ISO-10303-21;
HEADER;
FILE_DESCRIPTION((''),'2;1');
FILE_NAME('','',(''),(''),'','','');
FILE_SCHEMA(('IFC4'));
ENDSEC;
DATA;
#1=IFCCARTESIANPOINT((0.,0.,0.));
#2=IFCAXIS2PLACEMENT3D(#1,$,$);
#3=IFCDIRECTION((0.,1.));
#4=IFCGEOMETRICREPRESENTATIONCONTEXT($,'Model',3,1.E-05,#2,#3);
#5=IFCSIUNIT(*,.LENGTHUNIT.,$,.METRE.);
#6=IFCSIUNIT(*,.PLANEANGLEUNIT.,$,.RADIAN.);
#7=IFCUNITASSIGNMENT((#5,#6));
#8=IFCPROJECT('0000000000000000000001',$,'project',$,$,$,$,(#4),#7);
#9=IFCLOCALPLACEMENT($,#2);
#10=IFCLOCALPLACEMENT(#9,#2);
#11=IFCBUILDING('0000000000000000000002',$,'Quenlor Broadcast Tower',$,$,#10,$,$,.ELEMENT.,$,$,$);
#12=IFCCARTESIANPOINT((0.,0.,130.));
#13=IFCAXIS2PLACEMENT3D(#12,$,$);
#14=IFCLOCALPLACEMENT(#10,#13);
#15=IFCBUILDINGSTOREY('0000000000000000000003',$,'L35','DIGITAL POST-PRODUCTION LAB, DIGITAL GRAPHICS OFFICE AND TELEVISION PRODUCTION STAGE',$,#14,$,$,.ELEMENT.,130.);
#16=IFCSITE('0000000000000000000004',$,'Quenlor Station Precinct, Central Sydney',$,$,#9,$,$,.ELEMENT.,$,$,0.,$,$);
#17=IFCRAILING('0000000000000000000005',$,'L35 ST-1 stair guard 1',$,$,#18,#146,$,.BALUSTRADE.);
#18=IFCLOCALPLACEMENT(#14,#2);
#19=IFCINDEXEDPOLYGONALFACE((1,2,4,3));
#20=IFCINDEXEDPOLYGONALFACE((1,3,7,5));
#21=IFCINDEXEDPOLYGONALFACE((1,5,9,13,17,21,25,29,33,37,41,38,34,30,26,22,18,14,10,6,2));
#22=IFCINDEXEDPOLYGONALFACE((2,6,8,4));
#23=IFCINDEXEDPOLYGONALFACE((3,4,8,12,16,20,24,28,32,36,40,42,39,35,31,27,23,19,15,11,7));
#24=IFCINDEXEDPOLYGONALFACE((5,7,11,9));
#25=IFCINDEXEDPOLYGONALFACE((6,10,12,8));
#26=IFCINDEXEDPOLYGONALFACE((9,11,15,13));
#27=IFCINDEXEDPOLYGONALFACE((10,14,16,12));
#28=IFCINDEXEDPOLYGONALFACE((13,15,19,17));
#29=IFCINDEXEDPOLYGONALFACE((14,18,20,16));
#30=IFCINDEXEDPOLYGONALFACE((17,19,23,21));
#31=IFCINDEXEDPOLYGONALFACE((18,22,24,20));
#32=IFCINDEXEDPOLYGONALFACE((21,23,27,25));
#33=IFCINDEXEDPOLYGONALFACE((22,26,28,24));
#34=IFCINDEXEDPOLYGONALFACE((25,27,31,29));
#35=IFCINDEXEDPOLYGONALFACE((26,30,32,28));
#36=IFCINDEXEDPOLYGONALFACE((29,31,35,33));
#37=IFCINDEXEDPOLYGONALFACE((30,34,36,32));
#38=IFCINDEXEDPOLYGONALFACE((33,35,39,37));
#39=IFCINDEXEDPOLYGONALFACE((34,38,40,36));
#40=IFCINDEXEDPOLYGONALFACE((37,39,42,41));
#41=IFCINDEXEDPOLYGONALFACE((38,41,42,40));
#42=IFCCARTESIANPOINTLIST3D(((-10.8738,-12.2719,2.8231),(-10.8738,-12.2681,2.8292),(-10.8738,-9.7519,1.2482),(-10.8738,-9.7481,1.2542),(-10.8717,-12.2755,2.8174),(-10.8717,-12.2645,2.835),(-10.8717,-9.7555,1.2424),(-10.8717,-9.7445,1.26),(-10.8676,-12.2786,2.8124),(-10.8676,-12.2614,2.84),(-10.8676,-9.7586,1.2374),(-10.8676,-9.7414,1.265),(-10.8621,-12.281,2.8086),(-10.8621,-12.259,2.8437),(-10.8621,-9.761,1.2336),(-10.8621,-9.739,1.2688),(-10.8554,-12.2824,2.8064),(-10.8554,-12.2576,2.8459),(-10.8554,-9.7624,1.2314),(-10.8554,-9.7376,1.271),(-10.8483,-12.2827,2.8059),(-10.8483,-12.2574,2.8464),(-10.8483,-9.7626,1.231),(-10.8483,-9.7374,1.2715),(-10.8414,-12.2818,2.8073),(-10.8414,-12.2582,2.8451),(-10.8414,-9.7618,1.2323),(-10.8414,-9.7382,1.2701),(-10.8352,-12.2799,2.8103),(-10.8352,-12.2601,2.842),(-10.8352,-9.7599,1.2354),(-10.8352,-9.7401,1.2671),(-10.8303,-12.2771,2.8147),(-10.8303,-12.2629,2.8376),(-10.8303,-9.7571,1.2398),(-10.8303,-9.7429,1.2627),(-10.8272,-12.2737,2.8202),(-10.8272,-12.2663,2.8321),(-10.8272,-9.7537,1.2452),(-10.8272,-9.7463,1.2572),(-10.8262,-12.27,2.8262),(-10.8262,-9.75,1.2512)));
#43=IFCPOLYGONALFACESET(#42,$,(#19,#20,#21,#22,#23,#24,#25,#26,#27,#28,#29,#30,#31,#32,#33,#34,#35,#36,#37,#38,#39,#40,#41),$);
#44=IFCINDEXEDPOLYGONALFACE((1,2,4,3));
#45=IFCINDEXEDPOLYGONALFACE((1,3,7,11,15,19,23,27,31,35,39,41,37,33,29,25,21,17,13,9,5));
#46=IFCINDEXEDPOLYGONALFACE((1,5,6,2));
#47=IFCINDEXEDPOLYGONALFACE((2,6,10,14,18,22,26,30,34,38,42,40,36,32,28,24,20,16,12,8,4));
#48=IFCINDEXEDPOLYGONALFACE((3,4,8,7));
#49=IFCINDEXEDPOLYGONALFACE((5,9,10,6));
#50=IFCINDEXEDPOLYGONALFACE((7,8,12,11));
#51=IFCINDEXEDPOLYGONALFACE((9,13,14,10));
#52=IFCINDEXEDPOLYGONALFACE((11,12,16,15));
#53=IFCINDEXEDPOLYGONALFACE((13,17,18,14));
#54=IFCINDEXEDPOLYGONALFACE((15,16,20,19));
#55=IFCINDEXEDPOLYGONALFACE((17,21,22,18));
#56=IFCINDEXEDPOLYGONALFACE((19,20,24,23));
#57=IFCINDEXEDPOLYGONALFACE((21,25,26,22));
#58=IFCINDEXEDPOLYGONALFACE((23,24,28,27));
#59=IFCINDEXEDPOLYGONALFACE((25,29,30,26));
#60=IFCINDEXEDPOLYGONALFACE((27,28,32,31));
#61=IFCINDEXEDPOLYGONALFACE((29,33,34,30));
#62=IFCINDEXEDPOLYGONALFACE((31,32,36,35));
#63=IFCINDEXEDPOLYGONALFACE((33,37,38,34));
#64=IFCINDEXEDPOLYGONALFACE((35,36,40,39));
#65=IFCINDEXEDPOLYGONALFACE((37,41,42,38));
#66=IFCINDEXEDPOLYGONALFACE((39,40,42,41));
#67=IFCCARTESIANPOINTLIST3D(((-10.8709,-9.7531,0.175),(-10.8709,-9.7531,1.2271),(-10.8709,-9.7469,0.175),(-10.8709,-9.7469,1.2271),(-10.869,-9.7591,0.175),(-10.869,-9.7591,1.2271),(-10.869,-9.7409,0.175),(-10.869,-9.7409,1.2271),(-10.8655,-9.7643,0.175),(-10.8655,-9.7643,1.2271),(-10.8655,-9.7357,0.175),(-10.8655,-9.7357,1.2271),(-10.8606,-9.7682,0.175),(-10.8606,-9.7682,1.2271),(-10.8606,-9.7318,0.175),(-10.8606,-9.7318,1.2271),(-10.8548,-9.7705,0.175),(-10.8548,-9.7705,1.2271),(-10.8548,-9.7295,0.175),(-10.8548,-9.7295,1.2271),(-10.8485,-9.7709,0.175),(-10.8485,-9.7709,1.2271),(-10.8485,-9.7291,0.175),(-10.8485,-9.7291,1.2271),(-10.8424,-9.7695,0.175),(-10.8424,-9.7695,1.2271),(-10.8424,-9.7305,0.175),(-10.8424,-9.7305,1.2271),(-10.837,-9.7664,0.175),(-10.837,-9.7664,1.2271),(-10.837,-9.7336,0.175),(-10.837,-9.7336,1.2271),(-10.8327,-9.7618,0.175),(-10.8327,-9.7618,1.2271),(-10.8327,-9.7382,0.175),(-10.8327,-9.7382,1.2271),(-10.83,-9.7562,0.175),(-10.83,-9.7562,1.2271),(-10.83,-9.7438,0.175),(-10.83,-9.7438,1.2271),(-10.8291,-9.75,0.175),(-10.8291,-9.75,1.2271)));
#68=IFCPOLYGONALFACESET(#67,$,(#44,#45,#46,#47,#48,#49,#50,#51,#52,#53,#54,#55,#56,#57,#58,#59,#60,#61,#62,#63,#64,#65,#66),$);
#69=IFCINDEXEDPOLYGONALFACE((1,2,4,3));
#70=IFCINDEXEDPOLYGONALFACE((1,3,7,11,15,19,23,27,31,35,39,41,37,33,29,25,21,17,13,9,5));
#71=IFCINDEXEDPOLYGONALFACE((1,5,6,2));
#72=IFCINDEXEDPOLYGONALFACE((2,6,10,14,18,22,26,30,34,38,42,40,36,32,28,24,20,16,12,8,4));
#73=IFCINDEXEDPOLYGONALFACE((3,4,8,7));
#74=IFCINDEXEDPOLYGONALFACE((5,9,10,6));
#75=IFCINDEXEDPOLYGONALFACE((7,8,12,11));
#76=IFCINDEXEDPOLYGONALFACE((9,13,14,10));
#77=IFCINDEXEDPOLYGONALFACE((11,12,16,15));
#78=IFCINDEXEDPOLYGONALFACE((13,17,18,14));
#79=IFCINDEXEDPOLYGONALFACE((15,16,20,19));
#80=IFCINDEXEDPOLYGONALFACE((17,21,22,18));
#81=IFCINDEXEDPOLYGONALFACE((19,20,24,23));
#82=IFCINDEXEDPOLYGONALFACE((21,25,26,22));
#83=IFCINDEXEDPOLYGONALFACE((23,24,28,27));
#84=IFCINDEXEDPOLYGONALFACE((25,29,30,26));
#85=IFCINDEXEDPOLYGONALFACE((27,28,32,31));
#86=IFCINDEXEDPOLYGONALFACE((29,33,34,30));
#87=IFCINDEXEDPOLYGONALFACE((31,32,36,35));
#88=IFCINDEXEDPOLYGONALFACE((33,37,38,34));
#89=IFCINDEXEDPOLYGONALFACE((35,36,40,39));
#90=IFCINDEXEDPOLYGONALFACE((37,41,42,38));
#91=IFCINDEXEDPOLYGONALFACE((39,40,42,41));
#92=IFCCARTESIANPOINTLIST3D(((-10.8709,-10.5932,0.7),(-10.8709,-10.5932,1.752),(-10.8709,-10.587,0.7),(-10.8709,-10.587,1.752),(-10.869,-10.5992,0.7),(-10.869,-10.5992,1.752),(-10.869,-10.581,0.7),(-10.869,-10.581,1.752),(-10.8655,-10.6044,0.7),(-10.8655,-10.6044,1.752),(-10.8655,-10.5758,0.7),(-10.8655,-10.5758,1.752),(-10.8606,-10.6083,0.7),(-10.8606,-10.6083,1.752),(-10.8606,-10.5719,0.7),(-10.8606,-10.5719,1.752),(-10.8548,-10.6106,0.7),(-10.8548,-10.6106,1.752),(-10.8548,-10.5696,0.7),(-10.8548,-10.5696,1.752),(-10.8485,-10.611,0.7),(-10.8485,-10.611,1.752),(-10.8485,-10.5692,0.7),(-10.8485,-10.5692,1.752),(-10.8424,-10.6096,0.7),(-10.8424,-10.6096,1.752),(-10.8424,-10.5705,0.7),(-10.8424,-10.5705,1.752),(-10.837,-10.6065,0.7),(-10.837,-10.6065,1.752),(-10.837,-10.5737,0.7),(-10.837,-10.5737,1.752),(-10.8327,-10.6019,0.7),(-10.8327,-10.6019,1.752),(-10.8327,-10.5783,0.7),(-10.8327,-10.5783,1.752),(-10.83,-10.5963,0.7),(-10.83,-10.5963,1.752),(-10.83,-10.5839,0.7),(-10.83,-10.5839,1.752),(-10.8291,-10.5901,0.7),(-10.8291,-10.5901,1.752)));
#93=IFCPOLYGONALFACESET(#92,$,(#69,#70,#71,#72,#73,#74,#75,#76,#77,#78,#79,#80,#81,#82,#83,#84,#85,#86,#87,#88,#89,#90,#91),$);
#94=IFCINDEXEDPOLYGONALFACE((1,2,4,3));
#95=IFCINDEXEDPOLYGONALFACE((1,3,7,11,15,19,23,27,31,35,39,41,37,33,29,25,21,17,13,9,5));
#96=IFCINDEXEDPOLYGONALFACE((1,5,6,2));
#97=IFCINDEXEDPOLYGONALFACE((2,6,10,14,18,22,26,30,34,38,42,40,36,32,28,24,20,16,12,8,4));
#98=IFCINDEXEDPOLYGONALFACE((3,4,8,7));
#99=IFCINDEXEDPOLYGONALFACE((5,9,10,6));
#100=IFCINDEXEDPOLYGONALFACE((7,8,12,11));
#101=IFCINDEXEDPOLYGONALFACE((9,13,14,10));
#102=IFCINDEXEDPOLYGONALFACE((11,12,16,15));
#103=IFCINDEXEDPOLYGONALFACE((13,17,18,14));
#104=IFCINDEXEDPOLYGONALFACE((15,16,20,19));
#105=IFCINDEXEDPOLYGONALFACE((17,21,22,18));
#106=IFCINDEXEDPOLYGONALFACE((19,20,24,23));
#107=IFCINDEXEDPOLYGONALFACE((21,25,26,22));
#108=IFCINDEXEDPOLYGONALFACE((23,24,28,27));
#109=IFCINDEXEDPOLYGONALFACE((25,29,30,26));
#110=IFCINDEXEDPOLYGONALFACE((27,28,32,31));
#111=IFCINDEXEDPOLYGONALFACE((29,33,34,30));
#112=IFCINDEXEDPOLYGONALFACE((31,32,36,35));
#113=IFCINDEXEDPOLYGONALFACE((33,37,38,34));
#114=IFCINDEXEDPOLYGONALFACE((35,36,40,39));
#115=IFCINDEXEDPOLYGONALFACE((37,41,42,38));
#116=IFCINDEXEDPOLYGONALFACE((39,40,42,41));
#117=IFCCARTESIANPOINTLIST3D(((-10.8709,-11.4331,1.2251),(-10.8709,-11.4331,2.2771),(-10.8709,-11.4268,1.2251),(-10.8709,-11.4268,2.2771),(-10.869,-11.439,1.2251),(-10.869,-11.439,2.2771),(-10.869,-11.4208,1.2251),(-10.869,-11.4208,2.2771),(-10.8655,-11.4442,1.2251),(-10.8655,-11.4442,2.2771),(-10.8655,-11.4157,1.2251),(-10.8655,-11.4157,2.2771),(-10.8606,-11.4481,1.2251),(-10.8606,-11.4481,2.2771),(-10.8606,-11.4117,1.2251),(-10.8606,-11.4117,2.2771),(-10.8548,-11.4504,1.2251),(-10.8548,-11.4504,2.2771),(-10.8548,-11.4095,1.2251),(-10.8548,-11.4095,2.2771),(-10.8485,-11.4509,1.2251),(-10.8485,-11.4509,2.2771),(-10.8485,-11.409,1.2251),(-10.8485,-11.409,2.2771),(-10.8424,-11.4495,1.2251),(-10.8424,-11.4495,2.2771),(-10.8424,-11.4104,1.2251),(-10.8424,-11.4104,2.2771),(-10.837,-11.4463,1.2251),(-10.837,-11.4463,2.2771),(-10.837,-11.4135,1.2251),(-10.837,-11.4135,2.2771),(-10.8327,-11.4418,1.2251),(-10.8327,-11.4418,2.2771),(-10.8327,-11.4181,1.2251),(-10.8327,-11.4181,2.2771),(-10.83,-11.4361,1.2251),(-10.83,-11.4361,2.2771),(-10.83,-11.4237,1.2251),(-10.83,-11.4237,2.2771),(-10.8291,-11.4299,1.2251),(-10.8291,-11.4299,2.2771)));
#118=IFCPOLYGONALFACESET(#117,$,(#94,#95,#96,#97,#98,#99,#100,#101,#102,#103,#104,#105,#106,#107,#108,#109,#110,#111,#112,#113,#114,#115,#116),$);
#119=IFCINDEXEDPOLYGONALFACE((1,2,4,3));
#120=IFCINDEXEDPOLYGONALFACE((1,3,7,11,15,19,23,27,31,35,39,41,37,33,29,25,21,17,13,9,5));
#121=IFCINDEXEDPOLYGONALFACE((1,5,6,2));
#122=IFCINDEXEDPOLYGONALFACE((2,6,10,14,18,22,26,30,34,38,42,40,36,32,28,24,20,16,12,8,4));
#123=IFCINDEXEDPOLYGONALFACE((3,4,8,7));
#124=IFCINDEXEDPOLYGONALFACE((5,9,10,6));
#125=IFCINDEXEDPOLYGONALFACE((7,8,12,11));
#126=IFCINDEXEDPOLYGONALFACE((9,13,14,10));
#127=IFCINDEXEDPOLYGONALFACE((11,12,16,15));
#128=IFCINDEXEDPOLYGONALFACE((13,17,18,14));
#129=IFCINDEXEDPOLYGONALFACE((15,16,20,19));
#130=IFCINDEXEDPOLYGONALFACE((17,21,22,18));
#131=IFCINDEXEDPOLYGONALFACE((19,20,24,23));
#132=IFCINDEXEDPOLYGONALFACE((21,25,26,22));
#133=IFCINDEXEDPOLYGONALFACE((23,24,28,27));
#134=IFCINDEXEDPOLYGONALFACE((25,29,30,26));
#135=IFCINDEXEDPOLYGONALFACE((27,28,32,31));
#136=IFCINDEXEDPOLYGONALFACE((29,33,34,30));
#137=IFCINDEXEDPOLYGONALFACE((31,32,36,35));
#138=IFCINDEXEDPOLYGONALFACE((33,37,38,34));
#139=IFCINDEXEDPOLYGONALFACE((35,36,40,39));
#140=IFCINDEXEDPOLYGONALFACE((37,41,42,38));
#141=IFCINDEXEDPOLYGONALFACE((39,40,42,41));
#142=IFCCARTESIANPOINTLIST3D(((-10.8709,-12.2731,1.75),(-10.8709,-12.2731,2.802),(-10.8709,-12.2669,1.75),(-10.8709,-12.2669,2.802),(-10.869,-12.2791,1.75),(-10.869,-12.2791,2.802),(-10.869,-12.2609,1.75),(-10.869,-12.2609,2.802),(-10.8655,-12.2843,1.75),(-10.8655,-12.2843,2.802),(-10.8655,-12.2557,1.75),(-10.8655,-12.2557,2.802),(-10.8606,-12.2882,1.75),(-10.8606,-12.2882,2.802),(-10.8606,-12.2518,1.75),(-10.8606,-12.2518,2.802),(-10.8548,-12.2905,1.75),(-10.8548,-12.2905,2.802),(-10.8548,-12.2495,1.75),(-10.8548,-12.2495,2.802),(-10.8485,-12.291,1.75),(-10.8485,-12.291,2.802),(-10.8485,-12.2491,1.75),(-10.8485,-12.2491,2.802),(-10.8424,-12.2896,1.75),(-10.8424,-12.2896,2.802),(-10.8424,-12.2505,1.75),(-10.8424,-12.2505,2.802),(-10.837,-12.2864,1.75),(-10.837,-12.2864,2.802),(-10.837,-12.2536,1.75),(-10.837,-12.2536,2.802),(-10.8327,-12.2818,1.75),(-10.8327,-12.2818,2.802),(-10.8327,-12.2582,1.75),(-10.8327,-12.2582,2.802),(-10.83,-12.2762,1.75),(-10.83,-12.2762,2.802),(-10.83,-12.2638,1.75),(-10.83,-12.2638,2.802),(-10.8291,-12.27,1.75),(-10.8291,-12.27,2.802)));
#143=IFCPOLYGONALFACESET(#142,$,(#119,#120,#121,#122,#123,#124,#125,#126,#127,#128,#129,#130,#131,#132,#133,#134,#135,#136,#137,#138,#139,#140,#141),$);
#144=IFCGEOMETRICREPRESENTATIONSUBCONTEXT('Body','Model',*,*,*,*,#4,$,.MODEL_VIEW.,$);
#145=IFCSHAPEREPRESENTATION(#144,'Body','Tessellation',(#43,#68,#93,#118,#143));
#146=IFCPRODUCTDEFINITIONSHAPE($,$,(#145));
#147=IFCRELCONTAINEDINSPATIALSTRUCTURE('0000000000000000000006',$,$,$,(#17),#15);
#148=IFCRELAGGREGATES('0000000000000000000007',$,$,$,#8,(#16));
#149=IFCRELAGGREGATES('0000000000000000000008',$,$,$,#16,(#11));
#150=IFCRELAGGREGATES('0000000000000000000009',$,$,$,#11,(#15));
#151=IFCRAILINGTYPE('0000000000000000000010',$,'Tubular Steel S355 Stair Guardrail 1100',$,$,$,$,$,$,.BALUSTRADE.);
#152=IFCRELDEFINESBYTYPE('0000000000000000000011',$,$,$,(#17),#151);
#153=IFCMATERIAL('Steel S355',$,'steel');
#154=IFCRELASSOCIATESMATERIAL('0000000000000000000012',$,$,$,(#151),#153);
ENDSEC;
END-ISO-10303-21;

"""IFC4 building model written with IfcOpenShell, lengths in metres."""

from ifc_helpers import new_model, si_unit, direction, frame, origin, origin_2d, place, context, subcontext, project, spatial, circle, extrude, material, type_object, element, save


model = new_model("IFC4")

# Units and contexts
model_context = context("Model", 3, precision=1e-05, world=origin(), true_north=direction((0.0, 1.0)))
body_context = subcontext(model_context, "Body", "Model", "MODEL_VIEW")
ifc_project = project(units=[si_unit("LENGTHUNIT", "METRE"), si_unit("PLANEANGLEUNIT", "RADIAN")], contexts=[model_context])

# Site, building, storey
site_placement = place(None, origin())
site = spatial("IfcSite", under=ifc_project, at=site_placement, Name="Quenlor Station Precinct, Central Sydney", CompositionType="ELEMENT", RefElevation=0.0)
building_placement = place(site_placement, origin())
building = spatial("IfcBuilding", under=site, at=building_placement, Name="Quenlor Broadcast Tower", CompositionType="ELEMENT")
storey_placement = place(building_placement, frame((0.0, 0.0, 130.0)))
storey = spatial("IfcBuildingStorey", under=building, at=storey_placement, Name="L35", Description="DIGITAL POST-PRODUCTION LAB, DIGITAL GRAPHICS OFFICE AND TELEVISION PRODUCTION STAGE", CompositionType="ELEMENT", Elevation=130.0)

# Railing
ifc_material_1 = material(Name="Steel S355", Category="steel")
railing_type_1 = type_object("IfcRailingType", Name="Tubular Steel S355 Stair Guardrail 1100", PredefinedType="BALUSTRADE", material=ifc_material_1)
railing_1_placement = place(storey_placement, frame((-10.8501, -9.75, 0.175)))
element("IfcRailing", 1, at=railing_1_placement, inside=storey, type_object=railing_type_1, Name="L35 ST-1 stair guard 1", PredefinedType="BALUSTRADE", context=body_context, shape_type="SweptSolid", body=[
    extrude(circle(Radius=0.0239, at=origin_2d()), frame((0.0, 0.0, 1.0762), z_axis=(0.0, -0.848008, 0.529984), x_axis=(1.0, 0.0, 0.0)), (0.0, 0.0, 1.0), 2.9717),
    extrude(circle(Radius=0.021, at=origin_2d()), origin(), (0.0, 0.0, 1.0), 1.052),
    extrude(circle(Radius=0.021, at=origin_2d()), frame((0.0, -0.8401, 0.5249)), (0.0, 0.0, 1.0), 1.052),
    extrude(circle(Radius=0.021, at=origin_2d()), frame((0.0, -1.6799, 1.05)), (0.0, 0.0, 1.0), 1.052),
    extrude(circle(Radius=0.021, at=origin_2d()), frame((0.0, -2.52, 1.575)), (0.0, 0.0, 1.0), 1.052),
])

save(model, "model.ifc")
